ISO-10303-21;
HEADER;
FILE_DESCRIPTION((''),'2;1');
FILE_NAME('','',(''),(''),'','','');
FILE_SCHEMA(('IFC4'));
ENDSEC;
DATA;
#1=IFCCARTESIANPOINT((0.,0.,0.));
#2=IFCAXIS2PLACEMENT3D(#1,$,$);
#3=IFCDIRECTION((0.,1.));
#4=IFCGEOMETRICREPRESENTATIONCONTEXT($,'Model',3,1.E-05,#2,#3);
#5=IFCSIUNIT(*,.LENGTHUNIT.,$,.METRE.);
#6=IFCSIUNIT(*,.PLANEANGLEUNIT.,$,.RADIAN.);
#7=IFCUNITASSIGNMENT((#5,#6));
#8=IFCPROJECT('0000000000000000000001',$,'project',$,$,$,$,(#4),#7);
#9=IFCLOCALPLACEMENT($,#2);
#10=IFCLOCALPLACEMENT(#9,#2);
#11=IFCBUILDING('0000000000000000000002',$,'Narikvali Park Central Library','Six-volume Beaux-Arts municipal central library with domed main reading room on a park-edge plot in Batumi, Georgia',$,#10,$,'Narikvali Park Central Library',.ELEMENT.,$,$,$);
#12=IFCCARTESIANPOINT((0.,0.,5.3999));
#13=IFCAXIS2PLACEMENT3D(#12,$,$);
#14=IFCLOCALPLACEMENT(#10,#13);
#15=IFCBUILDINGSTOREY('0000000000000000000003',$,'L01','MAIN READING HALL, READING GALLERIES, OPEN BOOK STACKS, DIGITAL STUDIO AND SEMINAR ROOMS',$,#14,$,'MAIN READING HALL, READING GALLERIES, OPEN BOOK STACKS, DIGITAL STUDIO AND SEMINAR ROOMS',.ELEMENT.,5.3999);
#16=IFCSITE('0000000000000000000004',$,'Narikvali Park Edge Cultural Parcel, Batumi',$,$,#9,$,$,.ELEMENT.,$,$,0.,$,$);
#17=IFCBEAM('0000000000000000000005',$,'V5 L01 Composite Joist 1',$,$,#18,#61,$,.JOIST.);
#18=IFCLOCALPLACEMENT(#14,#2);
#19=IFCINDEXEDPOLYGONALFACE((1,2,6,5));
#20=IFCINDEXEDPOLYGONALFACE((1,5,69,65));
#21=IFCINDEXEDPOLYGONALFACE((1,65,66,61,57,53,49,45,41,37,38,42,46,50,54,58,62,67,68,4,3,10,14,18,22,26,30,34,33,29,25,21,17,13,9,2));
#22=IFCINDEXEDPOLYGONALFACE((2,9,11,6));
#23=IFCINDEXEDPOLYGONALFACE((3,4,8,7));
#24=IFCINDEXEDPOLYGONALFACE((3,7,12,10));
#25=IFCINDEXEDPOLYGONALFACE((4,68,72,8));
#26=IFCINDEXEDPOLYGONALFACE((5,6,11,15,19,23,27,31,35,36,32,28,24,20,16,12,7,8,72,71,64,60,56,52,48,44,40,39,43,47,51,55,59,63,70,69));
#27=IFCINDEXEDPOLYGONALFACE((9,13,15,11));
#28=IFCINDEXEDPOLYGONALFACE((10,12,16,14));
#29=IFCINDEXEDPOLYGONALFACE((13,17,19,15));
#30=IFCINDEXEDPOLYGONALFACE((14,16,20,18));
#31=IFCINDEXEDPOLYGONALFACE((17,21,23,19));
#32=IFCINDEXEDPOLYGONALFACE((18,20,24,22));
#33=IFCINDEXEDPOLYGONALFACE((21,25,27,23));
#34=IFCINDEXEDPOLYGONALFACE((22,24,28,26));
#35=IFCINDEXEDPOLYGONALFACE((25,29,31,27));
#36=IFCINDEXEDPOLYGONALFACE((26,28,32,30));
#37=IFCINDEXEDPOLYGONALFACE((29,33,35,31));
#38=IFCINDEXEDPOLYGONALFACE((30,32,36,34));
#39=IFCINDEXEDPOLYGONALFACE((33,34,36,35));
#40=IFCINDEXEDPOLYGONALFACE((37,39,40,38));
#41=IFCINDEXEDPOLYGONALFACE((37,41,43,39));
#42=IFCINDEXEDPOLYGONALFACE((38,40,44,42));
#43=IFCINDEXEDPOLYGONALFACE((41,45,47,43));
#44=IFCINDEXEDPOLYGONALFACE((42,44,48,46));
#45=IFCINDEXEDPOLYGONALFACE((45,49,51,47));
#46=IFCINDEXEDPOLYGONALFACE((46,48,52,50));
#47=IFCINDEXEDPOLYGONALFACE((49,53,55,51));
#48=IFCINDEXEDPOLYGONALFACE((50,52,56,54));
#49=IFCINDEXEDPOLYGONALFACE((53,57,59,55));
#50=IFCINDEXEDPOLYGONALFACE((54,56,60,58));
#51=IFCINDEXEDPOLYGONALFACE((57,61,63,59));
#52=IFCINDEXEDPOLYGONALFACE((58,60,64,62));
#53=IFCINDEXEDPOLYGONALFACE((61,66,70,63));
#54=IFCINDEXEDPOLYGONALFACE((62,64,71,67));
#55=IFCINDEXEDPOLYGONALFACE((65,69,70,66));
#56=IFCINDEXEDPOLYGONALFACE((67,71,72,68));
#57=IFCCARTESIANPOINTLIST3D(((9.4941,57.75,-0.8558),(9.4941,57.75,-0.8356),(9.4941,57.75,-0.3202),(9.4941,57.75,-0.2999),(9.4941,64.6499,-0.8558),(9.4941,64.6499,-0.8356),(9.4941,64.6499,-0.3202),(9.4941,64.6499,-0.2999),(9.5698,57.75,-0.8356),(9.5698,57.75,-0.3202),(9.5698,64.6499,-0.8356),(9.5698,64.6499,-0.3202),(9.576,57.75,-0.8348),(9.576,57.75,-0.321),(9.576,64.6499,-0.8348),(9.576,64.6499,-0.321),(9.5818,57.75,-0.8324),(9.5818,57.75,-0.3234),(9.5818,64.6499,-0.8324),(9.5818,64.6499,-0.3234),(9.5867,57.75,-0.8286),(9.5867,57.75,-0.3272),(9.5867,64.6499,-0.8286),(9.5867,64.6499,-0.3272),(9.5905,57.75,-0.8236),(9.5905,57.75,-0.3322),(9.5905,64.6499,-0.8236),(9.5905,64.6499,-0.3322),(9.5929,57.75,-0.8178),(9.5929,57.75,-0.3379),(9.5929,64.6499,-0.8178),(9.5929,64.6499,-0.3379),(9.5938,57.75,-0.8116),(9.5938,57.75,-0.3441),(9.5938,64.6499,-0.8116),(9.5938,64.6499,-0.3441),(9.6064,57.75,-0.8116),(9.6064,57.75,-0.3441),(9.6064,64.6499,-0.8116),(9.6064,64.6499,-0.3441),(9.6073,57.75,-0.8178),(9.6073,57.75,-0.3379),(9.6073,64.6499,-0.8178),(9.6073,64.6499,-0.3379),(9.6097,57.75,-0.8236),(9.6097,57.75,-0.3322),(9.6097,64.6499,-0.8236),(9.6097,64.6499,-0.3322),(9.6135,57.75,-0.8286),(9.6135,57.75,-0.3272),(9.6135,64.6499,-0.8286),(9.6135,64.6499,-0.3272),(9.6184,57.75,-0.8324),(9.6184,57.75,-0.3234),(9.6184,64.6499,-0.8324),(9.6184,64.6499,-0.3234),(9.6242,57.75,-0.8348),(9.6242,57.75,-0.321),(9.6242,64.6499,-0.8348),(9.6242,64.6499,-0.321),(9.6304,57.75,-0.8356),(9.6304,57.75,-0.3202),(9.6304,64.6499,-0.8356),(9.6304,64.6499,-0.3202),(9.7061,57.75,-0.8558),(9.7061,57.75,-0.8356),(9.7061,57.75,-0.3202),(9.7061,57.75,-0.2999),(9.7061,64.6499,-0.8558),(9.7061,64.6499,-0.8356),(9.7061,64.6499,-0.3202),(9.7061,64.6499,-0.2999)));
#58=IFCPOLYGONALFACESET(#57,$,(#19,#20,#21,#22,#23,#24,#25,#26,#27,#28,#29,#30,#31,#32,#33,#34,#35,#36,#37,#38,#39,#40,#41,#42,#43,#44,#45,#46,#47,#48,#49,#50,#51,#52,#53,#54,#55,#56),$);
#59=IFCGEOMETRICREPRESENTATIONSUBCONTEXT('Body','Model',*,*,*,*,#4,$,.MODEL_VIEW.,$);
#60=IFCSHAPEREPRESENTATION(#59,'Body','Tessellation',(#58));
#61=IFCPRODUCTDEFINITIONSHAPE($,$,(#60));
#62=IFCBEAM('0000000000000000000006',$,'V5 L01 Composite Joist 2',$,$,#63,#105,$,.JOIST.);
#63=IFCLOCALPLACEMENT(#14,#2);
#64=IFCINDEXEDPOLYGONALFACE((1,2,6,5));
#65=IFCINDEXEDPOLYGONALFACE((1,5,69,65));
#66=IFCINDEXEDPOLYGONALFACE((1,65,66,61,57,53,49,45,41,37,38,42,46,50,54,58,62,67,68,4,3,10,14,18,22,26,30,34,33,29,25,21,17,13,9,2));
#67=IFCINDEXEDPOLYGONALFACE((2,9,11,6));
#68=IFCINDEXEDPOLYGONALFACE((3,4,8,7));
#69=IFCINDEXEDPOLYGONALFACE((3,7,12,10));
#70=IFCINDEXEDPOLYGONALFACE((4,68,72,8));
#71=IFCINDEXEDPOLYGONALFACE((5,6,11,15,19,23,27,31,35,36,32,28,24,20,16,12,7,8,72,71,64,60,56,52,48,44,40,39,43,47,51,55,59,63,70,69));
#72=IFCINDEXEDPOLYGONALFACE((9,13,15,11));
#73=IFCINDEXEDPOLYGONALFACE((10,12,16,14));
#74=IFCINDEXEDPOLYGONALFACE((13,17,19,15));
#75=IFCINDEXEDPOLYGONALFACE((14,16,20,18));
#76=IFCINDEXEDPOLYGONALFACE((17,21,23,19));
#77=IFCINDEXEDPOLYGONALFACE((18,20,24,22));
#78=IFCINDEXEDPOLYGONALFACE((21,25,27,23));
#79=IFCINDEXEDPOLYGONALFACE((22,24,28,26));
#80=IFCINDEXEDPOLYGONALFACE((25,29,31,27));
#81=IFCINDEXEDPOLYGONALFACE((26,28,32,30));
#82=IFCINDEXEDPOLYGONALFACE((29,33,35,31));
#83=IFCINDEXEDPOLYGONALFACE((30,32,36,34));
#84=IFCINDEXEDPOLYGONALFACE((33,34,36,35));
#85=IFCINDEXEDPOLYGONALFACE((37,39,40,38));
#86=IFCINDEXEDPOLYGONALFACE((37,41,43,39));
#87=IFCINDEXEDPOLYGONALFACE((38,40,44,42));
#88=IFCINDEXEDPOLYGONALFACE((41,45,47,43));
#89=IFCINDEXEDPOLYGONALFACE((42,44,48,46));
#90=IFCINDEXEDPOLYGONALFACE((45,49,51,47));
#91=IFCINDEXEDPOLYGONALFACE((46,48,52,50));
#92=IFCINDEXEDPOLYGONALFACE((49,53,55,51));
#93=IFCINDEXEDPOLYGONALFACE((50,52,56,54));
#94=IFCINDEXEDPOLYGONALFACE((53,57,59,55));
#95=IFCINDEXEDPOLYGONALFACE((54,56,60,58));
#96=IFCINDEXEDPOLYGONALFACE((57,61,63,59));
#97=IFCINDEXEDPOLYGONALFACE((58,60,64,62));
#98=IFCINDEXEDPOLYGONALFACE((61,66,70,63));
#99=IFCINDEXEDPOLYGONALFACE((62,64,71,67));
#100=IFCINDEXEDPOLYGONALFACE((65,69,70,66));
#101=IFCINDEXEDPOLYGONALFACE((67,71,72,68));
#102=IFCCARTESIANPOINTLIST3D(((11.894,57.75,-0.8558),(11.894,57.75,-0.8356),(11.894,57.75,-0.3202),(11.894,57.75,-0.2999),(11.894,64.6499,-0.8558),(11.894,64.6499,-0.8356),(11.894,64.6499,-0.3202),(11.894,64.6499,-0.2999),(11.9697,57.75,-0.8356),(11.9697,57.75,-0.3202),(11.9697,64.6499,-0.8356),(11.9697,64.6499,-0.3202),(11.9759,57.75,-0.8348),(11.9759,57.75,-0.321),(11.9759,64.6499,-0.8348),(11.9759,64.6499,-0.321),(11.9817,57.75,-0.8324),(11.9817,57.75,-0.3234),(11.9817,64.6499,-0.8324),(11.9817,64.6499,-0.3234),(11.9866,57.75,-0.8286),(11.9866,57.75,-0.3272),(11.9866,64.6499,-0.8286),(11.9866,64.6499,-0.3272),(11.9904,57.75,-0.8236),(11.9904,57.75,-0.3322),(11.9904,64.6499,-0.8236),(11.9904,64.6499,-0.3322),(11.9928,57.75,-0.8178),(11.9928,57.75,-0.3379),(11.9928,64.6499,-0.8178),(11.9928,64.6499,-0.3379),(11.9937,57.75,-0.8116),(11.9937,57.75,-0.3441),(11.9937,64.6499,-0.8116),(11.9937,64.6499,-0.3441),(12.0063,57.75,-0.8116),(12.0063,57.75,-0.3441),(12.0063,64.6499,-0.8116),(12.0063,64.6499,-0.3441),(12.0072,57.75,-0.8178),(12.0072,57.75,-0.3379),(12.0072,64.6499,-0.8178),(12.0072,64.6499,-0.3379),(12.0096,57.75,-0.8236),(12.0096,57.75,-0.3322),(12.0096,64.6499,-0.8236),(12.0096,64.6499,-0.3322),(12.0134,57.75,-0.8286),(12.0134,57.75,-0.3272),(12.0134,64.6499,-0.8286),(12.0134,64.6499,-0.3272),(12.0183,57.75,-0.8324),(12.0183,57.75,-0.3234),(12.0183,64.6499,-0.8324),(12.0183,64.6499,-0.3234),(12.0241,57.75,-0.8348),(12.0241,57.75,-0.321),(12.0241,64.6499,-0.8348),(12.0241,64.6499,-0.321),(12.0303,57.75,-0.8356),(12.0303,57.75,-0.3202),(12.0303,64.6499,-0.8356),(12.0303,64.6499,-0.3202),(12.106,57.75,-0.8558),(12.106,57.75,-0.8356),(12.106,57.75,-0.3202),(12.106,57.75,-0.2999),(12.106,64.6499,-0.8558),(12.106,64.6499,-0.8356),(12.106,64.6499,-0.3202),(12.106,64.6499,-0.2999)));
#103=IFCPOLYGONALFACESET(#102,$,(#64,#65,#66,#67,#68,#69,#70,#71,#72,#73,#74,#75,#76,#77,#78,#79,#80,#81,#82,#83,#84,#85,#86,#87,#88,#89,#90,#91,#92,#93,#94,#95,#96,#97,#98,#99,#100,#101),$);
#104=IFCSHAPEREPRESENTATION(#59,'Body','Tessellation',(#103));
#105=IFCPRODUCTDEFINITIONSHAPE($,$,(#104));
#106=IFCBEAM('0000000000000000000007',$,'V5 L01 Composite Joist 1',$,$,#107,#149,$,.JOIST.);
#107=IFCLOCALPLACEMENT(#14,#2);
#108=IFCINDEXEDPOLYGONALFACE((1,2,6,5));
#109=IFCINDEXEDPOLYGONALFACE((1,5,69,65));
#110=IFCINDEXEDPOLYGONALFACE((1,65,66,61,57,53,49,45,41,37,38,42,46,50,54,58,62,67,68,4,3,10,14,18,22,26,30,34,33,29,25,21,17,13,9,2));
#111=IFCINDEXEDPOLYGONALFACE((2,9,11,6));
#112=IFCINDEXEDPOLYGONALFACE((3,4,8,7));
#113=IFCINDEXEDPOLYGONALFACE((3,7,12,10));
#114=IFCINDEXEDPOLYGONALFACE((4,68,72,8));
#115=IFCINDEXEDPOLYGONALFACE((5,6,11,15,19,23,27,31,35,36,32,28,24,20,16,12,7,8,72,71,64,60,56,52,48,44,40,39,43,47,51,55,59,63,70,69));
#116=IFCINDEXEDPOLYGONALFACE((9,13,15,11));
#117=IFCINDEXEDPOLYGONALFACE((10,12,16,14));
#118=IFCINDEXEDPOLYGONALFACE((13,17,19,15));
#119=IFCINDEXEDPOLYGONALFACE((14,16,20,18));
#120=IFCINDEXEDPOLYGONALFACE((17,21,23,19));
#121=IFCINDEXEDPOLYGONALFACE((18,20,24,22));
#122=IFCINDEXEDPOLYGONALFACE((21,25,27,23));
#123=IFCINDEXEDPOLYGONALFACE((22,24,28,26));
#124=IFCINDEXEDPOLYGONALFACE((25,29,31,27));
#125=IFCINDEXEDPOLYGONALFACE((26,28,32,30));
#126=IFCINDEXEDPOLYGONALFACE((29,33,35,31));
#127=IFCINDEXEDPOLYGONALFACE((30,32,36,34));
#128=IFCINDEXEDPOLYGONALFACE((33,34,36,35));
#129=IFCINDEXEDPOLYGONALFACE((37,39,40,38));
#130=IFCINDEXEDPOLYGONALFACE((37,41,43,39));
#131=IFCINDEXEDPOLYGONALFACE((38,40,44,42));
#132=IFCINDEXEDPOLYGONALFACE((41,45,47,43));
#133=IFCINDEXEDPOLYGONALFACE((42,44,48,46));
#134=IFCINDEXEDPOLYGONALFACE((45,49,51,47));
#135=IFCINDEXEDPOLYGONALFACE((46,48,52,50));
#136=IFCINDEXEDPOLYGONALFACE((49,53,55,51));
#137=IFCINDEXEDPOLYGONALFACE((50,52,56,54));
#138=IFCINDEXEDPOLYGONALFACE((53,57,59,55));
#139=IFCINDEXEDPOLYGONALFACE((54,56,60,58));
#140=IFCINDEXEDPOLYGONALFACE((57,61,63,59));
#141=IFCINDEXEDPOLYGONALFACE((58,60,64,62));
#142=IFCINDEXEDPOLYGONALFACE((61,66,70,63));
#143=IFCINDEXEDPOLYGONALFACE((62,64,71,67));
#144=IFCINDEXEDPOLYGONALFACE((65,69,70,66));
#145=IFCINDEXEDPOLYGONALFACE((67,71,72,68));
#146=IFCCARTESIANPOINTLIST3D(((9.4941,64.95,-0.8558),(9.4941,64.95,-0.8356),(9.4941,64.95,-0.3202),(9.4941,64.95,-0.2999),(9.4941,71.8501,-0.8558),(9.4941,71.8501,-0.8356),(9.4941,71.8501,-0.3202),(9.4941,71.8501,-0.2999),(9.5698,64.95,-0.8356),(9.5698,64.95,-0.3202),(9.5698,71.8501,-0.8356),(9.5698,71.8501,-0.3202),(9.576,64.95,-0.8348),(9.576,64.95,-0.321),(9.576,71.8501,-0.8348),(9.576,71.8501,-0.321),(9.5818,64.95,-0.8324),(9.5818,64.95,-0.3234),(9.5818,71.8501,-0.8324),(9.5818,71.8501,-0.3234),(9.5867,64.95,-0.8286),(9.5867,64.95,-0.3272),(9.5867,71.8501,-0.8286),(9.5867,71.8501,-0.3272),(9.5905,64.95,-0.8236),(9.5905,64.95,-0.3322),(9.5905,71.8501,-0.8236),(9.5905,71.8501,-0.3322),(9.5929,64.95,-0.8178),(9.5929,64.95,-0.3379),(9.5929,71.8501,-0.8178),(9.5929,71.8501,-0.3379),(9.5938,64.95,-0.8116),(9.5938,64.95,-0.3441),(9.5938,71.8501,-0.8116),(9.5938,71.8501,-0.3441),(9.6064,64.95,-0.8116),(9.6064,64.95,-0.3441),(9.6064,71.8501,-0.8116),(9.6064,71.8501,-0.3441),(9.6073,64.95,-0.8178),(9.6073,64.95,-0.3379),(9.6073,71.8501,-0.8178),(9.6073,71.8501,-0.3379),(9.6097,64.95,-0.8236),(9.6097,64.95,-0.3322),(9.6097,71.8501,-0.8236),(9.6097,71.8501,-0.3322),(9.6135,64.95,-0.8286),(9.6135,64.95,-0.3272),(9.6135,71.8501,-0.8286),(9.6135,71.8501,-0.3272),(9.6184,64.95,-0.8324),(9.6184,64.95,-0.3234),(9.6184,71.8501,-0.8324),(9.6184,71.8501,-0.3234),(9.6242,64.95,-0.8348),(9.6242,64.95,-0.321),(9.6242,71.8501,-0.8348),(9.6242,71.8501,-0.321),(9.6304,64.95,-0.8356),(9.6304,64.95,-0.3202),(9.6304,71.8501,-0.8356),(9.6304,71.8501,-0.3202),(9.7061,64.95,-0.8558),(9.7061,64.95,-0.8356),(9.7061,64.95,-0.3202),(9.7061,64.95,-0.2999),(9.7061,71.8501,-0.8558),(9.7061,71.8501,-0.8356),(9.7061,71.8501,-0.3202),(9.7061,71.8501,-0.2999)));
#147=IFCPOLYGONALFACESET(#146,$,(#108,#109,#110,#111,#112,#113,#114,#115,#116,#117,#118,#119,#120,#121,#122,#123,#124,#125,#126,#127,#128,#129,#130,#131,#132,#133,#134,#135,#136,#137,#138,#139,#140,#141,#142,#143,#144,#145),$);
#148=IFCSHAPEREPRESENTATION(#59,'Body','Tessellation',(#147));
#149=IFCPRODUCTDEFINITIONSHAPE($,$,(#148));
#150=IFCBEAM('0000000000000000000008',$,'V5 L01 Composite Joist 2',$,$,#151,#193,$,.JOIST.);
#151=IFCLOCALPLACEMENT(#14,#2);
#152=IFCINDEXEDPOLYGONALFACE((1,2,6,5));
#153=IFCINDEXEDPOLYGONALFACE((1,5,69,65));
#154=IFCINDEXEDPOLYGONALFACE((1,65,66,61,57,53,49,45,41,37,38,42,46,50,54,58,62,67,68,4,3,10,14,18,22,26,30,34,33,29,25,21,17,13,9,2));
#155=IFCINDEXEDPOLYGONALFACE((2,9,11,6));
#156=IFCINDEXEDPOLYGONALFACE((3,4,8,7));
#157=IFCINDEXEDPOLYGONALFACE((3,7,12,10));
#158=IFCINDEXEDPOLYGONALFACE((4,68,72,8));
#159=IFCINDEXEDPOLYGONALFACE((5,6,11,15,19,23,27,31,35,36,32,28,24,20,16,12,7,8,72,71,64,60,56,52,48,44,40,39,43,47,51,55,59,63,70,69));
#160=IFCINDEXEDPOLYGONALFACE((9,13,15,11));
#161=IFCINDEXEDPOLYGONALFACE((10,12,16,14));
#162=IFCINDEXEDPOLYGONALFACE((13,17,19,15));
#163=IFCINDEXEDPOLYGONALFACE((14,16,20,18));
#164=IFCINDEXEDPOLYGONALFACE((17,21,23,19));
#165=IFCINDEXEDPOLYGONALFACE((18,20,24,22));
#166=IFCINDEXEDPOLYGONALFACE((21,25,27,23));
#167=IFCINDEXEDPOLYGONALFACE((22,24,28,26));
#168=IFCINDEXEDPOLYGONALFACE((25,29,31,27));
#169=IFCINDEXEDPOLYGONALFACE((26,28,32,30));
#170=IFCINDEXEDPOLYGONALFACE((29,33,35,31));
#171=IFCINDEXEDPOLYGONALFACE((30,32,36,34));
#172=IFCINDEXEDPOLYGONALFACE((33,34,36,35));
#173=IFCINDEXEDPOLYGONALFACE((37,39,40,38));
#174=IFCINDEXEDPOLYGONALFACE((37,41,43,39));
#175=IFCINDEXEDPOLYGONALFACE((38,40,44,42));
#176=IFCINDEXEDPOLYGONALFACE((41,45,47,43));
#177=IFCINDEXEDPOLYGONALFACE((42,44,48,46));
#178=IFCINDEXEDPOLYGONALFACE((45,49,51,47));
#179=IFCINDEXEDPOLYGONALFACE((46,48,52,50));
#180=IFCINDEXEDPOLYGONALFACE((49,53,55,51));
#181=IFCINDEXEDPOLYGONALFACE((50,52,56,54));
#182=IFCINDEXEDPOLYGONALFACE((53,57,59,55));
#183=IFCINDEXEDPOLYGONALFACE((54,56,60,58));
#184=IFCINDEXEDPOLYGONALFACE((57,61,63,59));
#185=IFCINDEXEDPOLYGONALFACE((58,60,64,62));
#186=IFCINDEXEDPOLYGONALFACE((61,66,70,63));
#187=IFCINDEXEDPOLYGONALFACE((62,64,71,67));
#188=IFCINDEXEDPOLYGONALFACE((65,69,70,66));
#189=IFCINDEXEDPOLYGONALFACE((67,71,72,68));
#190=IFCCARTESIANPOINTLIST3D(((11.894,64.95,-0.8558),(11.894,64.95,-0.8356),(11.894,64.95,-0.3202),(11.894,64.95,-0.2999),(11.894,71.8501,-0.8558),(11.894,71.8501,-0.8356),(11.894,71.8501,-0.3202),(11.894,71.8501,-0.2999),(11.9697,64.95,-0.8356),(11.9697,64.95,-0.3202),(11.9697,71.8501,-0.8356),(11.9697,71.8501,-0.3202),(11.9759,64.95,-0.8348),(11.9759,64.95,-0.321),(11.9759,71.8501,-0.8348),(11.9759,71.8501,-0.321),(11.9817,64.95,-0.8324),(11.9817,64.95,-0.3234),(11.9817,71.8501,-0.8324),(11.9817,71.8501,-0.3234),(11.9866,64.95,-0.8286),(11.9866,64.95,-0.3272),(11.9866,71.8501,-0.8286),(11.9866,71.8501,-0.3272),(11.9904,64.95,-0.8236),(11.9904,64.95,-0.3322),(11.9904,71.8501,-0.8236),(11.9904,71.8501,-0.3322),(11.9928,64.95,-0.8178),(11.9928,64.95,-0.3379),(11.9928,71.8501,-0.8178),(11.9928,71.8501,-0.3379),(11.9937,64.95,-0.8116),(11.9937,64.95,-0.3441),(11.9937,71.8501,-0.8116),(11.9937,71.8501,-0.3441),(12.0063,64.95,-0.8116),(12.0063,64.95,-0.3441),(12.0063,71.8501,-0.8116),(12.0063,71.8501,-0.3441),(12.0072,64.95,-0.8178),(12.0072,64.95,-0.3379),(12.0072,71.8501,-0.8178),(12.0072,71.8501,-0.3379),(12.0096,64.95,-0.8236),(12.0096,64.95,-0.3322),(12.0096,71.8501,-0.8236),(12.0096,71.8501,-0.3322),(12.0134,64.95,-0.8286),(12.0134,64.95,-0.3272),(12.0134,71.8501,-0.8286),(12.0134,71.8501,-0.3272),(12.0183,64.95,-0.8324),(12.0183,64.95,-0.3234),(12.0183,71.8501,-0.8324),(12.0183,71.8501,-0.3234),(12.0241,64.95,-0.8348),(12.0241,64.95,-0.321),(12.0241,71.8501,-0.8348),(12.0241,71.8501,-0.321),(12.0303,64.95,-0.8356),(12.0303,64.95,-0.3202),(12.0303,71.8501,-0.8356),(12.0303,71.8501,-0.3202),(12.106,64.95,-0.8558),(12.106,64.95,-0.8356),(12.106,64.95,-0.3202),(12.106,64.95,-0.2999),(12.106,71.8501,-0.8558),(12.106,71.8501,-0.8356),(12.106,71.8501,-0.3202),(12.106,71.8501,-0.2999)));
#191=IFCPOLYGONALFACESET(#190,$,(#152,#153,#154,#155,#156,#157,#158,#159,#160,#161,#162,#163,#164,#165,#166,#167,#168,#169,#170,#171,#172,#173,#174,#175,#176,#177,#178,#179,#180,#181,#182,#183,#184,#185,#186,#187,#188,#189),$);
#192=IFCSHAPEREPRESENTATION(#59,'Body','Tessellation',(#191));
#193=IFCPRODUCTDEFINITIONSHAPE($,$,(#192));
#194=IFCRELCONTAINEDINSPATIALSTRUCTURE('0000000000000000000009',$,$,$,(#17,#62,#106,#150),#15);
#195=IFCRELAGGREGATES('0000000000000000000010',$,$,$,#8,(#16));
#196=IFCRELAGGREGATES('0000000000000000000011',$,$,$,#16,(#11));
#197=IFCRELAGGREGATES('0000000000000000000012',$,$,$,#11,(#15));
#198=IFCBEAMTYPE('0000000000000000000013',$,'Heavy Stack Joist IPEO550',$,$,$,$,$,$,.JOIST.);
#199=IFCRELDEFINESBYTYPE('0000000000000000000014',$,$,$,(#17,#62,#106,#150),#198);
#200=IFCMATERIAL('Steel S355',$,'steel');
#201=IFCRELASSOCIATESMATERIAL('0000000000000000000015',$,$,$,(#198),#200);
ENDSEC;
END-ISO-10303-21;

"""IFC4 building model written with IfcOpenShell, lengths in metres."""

from ifc_helpers import new_model, si_unit, direction, frame, origin, origin_2d, place, context, subcontext, project, spatial, i_section, extrude, material, material_profile, profile_set, type_object, element, save


model = new_model("IFC4")

# Units and contexts
model_context = context("Model", 3, precision=1e-05, world=origin(), true_north=direction((0.0, 1.0)))
body_context = subcontext(model_context, "Body", "Model", "MODEL_VIEW")
ifc_project = project(units=[si_unit("LENGTHUNIT", "METRE"), si_unit("PLANEANGLEUNIT", "RADIAN")], contexts=[model_context])

# Site, building, storey
site_placement = place(None, origin())
site = spatial("IfcSite", under=ifc_project, at=site_placement, Name="Narikvali Park Edge Cultural Parcel, Batumi", CompositionType="ELEMENT", RefElevation=0.0)
building_placement = place(site_placement, origin())
building = spatial("IfcBuilding", under=site, at=building_placement, Name="Narikvali Park Central Library", Description="Six-volume Beaux-Arts municipal central library with domed main reading room on a park-edge plot in Batumi, Georgia", LongName="Narikvali Park Central Library", CompositionType="ELEMENT")
storey_placement = place(building_placement, frame((0.0, 0.0, 5.3999)))
storey = spatial("IfcBuildingStorey", under=building, at=storey_placement, Name="L01", Description="MAIN READING HALL, READING GALLERIES, OPEN BOOK STACKS, DIGITAL STUDIO AND SEMINAR ROOMS", LongName="MAIN READING HALL, READING GALLERIES, OPEN BOOK STACKS, DIGITAL STUDIO AND SEMINAR ROOMS", CompositionType="ELEMENT", Elevation=5.3999)

# Shared definitions
ifc_material_1 = material(Name="Steel S355", Category="steel")

# Beams
ifc_material_profile_1 = material_profile(ifc_material_1, i_section(OverallWidth=0.2119, OverallDepth=0.5559, WebThickness=0.0127, FlangeThickness=0.0203, FilletRadius=0.0239, at=origin_2d()), Name="IPEO 550")
ifc_profile_set_1 = profile_set([ifc_material_profile_1], Name="Steel S355")
beam_type_1 = type_object("IfcBeamType", Name="Heavy Stack Joist IPEO550", PredefinedType="JOIST", material=ifc_profile_set_1)
for number, where, z_axis, x_axis, name in (
    (1, (9.6001, 57.75, -0.5779), (0.0, 1.0, 0.0), (-1.0, 0.0, 0.0), "V5 L01 Composite Joist 1"),
    (2, (12.0, 57.75, -0.5779), (0.0, 1.0, 0.0), (-1.0, 0.0, 0.0), "V5 L01 Composite Joist 2"),
):
    element("IfcBeam", number, at=place(storey_placement, frame(where, z_axis=z_axis, x_axis=x_axis)), inside=storey, type_object=beam_type_1, Name=name, PredefinedType="JOIST", context=body_context, shape_type="SweptSolid", body=[
        extrude(i_section(OverallWidth=0.2119, OverallDepth=0.5559, WebThickness=0.0127, FlangeThickness=0.0203, FilletRadius=0.0239, at=origin_2d()), origin(), (0.0, 0.0, 1.0), 6.8999),
    ])
for number, where, z_axis, x_axis, name in (
    (3, (9.6001, 64.95, -0.5779), (0.0, 1.0, 0.0), (-1.0, 0.0, 0.0), "V5 L01 Composite Joist 1"),
    (4, (12.0, 64.95, -0.5779), (0.0, 1.0, 0.0), (-1.0, 0.0, 0.0), "V5 L01 Composite Joist 2"),
):
    element("IfcBeam", number, at=place(storey_placement, frame(where, z_axis=z_axis, x_axis=x_axis)), inside=storey, type_object=beam_type_1, Name=name, PredefinedType="JOIST", context=body_context, shape_type="SweptSolid", body=[
        extrude(i_section(OverallWidth=0.2119, OverallDepth=0.5559, WebThickness=0.0127, FlangeThickness=0.0203, FilletRadius=0.0239, at=origin_2d()), origin(), (0.0, 0.0, 1.0), 6.9001),
    ])

save(model, "model.ifc")
